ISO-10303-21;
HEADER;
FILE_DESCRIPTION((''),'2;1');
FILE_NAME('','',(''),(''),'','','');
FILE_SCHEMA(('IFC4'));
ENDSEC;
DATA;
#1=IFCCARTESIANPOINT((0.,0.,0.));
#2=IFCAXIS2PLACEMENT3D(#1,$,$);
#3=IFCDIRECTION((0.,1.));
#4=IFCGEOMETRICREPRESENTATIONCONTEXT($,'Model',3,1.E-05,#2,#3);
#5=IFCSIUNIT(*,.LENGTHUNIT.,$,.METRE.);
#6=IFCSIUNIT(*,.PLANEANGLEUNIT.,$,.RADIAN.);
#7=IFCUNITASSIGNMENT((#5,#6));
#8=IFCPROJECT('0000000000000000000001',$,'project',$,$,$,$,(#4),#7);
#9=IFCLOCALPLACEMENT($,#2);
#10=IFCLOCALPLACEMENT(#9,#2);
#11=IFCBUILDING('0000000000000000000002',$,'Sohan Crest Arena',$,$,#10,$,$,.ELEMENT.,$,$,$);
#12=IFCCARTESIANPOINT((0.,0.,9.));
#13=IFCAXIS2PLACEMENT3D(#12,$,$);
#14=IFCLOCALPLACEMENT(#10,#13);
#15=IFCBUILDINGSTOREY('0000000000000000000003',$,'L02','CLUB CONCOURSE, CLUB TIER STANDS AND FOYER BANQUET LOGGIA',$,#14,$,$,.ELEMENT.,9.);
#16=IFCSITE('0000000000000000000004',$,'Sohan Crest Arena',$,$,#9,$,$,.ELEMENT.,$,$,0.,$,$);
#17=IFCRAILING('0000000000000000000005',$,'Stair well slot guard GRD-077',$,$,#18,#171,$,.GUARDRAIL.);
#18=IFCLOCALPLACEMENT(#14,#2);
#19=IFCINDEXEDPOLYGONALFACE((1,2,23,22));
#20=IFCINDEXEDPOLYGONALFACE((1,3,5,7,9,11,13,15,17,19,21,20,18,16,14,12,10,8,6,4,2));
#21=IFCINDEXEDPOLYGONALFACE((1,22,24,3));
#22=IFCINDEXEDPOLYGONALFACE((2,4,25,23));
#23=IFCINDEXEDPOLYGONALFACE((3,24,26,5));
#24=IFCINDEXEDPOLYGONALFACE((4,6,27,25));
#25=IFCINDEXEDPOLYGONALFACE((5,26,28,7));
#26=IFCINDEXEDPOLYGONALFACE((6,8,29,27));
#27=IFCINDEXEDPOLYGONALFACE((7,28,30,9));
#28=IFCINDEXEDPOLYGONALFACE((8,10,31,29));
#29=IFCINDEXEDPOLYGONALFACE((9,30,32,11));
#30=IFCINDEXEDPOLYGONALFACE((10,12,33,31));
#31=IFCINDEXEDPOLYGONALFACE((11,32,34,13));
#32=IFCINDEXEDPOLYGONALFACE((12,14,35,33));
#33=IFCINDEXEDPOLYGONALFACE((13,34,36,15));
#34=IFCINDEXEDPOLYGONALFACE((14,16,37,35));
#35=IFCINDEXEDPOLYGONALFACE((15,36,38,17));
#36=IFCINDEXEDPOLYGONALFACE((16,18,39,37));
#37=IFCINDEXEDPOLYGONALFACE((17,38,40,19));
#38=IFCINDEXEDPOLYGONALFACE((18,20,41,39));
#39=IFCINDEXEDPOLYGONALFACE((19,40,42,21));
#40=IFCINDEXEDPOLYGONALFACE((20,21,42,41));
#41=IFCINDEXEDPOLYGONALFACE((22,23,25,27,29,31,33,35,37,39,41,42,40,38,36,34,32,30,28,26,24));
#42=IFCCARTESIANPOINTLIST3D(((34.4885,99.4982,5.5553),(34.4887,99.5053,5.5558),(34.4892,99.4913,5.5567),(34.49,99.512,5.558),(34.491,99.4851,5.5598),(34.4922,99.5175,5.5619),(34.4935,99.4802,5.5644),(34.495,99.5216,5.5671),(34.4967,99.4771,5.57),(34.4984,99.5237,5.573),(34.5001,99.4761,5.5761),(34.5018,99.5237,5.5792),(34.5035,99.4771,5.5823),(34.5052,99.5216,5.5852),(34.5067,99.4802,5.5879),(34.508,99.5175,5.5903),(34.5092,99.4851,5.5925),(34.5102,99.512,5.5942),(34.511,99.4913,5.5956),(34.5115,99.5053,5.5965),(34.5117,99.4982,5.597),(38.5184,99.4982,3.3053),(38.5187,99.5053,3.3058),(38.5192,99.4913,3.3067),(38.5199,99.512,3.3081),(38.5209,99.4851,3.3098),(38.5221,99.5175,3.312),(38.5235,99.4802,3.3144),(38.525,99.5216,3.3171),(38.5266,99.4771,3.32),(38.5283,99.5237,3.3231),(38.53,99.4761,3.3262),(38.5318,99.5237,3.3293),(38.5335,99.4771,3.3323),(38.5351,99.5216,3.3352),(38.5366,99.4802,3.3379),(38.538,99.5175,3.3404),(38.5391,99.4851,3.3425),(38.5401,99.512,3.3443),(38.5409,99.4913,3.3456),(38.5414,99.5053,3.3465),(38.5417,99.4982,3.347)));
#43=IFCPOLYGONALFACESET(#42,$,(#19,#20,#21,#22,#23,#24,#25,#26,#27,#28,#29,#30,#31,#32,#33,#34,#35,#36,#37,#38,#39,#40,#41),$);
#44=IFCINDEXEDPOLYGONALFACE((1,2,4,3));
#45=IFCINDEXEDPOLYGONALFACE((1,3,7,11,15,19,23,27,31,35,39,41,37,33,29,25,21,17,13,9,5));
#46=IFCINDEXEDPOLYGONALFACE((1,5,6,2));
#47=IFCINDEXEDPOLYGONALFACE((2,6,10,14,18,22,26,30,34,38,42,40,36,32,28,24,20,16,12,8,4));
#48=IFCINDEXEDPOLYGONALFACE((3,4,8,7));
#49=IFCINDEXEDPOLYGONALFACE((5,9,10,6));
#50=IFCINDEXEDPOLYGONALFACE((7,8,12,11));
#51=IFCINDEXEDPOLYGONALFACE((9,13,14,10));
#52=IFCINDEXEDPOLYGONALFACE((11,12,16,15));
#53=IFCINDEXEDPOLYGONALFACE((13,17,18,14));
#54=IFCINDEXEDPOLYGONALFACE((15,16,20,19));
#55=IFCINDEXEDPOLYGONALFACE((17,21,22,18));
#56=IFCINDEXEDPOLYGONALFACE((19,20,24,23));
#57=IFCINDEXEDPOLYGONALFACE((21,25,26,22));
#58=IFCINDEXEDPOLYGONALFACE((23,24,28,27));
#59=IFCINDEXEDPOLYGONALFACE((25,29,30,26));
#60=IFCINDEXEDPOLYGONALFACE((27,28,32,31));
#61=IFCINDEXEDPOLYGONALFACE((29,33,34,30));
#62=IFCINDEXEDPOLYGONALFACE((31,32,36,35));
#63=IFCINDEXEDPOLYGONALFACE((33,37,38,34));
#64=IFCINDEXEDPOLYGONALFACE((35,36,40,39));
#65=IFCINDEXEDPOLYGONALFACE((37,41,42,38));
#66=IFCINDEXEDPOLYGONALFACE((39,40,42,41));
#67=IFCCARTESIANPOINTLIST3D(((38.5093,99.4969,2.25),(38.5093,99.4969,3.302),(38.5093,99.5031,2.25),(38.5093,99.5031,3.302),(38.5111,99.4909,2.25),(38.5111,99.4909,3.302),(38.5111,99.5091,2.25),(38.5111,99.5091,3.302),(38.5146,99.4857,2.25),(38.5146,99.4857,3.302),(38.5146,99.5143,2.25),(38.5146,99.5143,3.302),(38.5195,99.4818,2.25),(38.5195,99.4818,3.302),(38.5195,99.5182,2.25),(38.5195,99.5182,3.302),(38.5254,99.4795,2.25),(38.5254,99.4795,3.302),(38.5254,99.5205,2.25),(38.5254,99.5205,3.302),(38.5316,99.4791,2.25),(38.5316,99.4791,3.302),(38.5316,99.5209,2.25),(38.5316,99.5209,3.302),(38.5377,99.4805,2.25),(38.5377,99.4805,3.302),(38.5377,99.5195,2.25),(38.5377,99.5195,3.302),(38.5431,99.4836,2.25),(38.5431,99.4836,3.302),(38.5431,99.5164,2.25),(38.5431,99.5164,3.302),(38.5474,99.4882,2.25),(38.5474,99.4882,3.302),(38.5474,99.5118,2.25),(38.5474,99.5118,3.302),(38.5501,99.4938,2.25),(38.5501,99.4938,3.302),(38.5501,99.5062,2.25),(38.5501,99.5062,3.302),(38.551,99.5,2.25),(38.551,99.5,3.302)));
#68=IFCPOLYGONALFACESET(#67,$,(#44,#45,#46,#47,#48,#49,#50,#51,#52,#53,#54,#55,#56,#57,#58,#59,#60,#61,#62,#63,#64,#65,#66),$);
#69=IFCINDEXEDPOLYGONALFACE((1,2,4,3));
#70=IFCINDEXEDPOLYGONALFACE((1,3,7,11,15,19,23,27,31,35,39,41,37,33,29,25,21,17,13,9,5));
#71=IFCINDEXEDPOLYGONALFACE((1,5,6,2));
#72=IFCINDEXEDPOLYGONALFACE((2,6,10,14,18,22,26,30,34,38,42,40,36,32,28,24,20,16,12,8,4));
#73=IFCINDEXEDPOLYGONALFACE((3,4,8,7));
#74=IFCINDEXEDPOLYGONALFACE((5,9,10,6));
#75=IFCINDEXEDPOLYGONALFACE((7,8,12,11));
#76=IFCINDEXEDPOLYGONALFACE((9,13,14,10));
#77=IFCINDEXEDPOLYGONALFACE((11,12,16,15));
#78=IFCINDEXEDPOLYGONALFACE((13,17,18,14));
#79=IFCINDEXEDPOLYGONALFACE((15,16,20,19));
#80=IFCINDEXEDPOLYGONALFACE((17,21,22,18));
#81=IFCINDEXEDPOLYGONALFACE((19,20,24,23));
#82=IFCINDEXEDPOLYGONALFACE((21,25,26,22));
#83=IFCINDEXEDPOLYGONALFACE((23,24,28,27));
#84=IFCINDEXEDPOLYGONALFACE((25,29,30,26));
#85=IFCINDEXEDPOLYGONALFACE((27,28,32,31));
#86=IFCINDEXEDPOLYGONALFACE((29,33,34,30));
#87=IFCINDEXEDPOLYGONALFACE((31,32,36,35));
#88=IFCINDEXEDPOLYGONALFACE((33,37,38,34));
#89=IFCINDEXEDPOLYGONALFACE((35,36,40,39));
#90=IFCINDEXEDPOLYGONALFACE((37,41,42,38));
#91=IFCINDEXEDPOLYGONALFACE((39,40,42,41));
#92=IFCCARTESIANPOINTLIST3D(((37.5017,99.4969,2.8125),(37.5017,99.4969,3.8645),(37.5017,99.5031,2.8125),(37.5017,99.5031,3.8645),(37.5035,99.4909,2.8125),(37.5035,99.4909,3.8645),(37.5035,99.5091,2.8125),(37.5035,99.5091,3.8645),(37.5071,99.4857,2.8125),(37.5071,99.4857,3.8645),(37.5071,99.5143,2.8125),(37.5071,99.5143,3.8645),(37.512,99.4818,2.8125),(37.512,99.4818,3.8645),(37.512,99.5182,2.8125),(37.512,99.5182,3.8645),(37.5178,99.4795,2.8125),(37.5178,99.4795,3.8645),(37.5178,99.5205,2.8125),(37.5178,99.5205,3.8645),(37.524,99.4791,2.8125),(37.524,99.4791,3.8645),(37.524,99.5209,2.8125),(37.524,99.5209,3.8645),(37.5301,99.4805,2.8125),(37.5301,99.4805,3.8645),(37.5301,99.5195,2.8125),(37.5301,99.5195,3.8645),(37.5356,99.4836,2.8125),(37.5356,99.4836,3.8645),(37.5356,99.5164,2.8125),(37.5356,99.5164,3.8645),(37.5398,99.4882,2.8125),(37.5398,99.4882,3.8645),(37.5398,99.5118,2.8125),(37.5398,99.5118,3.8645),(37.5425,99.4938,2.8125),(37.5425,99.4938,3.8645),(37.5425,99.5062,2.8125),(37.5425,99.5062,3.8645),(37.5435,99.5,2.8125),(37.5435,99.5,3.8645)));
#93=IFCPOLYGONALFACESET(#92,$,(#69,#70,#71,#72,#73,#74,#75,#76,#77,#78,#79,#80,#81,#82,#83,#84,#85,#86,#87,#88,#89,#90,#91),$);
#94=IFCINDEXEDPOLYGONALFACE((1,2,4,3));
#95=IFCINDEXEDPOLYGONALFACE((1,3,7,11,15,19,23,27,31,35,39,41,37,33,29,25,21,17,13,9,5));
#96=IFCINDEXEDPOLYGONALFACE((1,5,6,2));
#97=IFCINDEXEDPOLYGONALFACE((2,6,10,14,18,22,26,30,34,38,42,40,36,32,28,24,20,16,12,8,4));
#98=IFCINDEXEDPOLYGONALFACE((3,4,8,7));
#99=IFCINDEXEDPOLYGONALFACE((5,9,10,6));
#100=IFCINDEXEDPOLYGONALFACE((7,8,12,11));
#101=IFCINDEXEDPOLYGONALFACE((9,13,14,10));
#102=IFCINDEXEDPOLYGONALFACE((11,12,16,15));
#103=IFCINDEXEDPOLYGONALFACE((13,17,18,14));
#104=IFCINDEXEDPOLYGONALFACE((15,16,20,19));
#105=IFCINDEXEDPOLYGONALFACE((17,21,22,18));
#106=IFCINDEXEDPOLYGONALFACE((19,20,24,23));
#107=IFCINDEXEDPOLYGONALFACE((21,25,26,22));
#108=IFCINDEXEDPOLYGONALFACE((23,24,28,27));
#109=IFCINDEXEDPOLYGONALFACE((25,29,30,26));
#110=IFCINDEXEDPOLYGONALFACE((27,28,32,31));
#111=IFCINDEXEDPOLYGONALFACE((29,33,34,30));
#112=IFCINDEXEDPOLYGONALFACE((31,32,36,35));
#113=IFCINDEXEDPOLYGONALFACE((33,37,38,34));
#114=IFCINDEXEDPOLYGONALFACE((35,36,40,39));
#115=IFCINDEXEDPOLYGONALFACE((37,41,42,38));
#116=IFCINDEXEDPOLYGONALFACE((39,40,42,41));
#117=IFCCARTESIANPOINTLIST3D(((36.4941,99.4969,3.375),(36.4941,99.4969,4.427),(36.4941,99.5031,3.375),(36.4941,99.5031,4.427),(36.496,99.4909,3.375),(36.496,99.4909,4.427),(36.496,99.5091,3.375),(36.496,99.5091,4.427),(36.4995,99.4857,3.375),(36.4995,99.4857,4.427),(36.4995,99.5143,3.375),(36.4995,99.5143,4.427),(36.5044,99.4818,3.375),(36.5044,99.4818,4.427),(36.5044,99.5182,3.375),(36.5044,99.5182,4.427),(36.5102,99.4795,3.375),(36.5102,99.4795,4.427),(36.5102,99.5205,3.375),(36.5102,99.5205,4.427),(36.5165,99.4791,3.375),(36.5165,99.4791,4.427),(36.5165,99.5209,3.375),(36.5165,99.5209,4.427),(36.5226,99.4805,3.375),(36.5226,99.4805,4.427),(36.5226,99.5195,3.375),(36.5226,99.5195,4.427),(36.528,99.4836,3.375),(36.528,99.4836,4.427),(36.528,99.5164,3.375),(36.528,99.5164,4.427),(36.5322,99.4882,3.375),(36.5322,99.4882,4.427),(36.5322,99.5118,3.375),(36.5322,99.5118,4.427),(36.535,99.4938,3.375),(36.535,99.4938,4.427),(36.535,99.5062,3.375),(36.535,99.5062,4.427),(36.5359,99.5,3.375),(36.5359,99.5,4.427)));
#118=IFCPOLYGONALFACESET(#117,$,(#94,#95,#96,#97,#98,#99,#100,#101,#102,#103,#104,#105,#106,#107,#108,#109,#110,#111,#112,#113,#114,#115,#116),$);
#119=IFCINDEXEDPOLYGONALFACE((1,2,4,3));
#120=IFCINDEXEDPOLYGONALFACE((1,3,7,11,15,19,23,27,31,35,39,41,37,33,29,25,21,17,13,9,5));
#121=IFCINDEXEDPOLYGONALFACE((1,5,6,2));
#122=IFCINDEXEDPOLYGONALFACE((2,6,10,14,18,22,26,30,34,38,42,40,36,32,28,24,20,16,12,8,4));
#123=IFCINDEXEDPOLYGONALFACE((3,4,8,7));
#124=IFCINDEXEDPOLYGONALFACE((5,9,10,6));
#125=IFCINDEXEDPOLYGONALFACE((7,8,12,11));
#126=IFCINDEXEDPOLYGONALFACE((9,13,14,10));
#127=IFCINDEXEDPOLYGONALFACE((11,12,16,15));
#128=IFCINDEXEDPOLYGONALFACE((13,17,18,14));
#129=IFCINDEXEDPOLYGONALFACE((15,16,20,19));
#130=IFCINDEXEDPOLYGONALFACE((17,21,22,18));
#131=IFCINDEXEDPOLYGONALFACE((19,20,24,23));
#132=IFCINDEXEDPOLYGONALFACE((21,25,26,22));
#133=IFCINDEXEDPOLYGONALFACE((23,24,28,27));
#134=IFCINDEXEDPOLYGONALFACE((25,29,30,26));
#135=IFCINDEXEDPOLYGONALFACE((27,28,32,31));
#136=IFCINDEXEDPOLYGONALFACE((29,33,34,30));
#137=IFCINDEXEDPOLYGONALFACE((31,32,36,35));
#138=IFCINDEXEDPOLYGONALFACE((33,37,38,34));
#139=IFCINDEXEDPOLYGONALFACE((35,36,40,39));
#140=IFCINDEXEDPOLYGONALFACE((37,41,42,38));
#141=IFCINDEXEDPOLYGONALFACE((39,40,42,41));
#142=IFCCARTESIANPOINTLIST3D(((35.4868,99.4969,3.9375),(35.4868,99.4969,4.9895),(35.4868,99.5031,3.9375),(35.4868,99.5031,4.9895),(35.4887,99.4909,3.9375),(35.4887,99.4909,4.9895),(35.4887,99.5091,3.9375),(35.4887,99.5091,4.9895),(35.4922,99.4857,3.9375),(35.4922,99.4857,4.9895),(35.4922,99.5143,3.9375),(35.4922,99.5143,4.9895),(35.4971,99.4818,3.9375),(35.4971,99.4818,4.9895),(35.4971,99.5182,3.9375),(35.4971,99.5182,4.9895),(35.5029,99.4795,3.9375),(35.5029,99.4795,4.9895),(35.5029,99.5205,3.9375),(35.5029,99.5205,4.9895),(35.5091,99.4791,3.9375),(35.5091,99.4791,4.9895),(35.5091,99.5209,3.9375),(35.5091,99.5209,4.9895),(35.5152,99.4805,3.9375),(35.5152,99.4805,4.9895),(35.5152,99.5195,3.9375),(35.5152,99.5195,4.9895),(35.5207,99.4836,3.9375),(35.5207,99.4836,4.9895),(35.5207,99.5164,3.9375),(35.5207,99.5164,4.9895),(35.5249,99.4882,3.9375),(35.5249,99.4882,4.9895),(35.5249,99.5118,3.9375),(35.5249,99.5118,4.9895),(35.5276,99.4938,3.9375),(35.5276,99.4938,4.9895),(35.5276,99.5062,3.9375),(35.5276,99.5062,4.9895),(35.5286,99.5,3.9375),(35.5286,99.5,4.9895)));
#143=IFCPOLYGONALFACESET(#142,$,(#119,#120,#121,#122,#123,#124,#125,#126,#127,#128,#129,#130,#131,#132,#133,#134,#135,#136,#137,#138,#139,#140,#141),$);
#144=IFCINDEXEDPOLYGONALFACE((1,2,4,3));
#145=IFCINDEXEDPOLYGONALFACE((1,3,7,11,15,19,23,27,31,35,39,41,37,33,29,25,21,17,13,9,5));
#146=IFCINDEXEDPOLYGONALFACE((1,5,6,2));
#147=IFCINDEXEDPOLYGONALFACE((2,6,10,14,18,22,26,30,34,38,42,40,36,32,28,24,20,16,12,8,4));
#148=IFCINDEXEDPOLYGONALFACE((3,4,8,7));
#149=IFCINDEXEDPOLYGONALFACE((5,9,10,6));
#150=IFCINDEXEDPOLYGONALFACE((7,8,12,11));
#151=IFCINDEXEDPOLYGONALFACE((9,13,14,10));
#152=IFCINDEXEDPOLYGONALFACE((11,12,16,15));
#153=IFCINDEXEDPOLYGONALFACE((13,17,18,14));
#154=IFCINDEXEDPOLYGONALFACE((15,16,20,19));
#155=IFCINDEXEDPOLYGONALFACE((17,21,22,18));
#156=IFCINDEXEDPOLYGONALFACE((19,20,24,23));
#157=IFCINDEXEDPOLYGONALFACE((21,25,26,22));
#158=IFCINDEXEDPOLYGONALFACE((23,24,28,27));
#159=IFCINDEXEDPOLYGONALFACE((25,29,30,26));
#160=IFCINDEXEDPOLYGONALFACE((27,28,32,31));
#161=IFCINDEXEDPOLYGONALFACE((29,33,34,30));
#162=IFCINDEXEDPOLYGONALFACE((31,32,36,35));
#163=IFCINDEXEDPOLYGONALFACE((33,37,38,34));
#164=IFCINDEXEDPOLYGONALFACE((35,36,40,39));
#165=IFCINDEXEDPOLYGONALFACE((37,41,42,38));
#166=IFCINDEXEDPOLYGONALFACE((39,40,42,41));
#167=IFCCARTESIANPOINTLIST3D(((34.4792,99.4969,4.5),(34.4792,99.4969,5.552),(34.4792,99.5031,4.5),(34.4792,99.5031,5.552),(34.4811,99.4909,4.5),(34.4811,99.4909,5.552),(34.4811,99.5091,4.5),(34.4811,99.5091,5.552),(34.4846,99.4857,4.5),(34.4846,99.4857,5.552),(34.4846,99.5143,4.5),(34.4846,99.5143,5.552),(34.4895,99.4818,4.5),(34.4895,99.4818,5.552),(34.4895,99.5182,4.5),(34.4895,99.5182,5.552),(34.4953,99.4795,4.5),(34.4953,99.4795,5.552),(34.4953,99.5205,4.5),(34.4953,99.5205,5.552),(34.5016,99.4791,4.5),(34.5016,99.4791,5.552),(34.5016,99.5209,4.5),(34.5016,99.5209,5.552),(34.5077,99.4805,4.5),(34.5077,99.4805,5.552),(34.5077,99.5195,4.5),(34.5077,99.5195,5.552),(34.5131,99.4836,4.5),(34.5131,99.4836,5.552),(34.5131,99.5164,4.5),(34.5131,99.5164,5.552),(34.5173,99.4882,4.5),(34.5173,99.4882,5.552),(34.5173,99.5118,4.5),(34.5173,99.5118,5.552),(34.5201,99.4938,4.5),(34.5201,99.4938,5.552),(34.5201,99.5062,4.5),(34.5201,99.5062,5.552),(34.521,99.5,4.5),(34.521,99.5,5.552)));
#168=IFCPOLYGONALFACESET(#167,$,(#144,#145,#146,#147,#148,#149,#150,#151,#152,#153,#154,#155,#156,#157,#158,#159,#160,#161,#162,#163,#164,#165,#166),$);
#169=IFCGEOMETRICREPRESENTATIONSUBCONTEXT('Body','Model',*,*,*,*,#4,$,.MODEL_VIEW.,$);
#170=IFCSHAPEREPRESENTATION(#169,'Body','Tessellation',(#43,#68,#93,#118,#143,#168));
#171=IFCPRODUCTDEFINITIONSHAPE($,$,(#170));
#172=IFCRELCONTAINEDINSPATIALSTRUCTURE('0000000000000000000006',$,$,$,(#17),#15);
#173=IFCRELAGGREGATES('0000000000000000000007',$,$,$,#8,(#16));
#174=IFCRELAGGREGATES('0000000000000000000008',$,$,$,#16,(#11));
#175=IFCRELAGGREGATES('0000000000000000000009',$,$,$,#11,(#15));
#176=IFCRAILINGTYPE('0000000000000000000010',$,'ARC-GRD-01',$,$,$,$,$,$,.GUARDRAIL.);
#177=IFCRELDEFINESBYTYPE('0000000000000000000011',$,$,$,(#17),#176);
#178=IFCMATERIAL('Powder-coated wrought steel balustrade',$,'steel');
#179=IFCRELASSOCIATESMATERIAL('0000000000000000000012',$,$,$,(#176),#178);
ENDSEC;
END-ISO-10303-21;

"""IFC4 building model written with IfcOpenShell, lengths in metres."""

from ifc_helpers import new_model, si_unit, direction, frame, origin, origin_2d, place, context, subcontext, project, spatial, circle, extrude, material, type_object, element, save


model = new_model("IFC4")

# Units and contexts
model_context = context("Model", 3, precision=1e-05, world=origin(), true_north=direction((0.0, 1.0)))
body_context = subcontext(model_context, "Body", "Model", "MODEL_VIEW")
ifc_project = project(units=[si_unit("LENGTHUNIT", "METRE"), si_unit("PLANEANGLEUNIT", "RADIAN")], contexts=[model_context])

# Site, building, storey
site_placement = place(None, origin())
site = spatial("IfcSite", under=ifc_project, at=site_placement, Name="Sohan Crest Arena", CompositionType="ELEMENT", RefElevation=0.0)
building_placement = place(site_placement, origin())
building = spatial("IfcBuilding", under=site, at=building_placement, Name="Sohan Crest Arena", CompositionType="ELEMENT")
storey_placement = place(building_placement, frame((0.0, 0.0, 9.0)))
storey = spatial("IfcBuildingStorey", under=building, at=storey_placement, Name="L02", Description="CLUB CONCOURSE, CLUB TIER STANDS AND FOYER BANQUET LOGGIA", CompositionType="ELEMENT", Elevation=9.0)

# Railing
ifc_material_1 = material(Name="Powder-coated wrought steel balustrade", Category="steel")
railing_type_1 = type_object("IfcRailingType", Name="ARC-GRD-01", PredefinedType="GUARDRAIL", material=ifc_material_1)
railing_placement = place(storey_placement, frame((38.53, 99.5, 2.25)))
element("IfcRailing", 1, at=railing_placement, inside=storey, type_object=railing_type_1, Name="Stair well slot guard GRD-077", PredefinedType="GUARDRAIL", context=body_context, shape_type="SweptSolid", body=[
    extrude(circle(Radius=0.0239, at=origin_2d()), frame((0.0, 0.0, 1.0762), z_axis=(-0.873135, 0.0, 0.487479), x_axis=(0.0, -1.0, 0.0)), (0.0, 0.0, 1.0), 4.6155),
    extrude(circle(Radius=0.021, at=origin_2d()), origin(), (0.0, 0.0, 1.0), 1.052),
    extrude(circle(Radius=0.021, at=origin_2d()), frame((-1.0076, 0.0, 0.5625)), (0.0, 0.0, 1.0), 1.052),
    extrude(circle(Radius=0.021, at=origin_2d()), frame((-2.0151, 0.0, 1.125)), (0.0, 0.0, 1.0), 1.052),
    extrude(circle(Radius=0.021, at=origin_2d()), frame((-3.0225, 0.0, 1.6875)), (0.0, 0.0, 1.0), 1.052),
    extrude(circle(Radius=0.021, at=origin_2d()), frame((-4.03, 0.0, 2.25)), (0.0, 0.0, 1.0), 1.052),
])

save(model, "model.ifc")
